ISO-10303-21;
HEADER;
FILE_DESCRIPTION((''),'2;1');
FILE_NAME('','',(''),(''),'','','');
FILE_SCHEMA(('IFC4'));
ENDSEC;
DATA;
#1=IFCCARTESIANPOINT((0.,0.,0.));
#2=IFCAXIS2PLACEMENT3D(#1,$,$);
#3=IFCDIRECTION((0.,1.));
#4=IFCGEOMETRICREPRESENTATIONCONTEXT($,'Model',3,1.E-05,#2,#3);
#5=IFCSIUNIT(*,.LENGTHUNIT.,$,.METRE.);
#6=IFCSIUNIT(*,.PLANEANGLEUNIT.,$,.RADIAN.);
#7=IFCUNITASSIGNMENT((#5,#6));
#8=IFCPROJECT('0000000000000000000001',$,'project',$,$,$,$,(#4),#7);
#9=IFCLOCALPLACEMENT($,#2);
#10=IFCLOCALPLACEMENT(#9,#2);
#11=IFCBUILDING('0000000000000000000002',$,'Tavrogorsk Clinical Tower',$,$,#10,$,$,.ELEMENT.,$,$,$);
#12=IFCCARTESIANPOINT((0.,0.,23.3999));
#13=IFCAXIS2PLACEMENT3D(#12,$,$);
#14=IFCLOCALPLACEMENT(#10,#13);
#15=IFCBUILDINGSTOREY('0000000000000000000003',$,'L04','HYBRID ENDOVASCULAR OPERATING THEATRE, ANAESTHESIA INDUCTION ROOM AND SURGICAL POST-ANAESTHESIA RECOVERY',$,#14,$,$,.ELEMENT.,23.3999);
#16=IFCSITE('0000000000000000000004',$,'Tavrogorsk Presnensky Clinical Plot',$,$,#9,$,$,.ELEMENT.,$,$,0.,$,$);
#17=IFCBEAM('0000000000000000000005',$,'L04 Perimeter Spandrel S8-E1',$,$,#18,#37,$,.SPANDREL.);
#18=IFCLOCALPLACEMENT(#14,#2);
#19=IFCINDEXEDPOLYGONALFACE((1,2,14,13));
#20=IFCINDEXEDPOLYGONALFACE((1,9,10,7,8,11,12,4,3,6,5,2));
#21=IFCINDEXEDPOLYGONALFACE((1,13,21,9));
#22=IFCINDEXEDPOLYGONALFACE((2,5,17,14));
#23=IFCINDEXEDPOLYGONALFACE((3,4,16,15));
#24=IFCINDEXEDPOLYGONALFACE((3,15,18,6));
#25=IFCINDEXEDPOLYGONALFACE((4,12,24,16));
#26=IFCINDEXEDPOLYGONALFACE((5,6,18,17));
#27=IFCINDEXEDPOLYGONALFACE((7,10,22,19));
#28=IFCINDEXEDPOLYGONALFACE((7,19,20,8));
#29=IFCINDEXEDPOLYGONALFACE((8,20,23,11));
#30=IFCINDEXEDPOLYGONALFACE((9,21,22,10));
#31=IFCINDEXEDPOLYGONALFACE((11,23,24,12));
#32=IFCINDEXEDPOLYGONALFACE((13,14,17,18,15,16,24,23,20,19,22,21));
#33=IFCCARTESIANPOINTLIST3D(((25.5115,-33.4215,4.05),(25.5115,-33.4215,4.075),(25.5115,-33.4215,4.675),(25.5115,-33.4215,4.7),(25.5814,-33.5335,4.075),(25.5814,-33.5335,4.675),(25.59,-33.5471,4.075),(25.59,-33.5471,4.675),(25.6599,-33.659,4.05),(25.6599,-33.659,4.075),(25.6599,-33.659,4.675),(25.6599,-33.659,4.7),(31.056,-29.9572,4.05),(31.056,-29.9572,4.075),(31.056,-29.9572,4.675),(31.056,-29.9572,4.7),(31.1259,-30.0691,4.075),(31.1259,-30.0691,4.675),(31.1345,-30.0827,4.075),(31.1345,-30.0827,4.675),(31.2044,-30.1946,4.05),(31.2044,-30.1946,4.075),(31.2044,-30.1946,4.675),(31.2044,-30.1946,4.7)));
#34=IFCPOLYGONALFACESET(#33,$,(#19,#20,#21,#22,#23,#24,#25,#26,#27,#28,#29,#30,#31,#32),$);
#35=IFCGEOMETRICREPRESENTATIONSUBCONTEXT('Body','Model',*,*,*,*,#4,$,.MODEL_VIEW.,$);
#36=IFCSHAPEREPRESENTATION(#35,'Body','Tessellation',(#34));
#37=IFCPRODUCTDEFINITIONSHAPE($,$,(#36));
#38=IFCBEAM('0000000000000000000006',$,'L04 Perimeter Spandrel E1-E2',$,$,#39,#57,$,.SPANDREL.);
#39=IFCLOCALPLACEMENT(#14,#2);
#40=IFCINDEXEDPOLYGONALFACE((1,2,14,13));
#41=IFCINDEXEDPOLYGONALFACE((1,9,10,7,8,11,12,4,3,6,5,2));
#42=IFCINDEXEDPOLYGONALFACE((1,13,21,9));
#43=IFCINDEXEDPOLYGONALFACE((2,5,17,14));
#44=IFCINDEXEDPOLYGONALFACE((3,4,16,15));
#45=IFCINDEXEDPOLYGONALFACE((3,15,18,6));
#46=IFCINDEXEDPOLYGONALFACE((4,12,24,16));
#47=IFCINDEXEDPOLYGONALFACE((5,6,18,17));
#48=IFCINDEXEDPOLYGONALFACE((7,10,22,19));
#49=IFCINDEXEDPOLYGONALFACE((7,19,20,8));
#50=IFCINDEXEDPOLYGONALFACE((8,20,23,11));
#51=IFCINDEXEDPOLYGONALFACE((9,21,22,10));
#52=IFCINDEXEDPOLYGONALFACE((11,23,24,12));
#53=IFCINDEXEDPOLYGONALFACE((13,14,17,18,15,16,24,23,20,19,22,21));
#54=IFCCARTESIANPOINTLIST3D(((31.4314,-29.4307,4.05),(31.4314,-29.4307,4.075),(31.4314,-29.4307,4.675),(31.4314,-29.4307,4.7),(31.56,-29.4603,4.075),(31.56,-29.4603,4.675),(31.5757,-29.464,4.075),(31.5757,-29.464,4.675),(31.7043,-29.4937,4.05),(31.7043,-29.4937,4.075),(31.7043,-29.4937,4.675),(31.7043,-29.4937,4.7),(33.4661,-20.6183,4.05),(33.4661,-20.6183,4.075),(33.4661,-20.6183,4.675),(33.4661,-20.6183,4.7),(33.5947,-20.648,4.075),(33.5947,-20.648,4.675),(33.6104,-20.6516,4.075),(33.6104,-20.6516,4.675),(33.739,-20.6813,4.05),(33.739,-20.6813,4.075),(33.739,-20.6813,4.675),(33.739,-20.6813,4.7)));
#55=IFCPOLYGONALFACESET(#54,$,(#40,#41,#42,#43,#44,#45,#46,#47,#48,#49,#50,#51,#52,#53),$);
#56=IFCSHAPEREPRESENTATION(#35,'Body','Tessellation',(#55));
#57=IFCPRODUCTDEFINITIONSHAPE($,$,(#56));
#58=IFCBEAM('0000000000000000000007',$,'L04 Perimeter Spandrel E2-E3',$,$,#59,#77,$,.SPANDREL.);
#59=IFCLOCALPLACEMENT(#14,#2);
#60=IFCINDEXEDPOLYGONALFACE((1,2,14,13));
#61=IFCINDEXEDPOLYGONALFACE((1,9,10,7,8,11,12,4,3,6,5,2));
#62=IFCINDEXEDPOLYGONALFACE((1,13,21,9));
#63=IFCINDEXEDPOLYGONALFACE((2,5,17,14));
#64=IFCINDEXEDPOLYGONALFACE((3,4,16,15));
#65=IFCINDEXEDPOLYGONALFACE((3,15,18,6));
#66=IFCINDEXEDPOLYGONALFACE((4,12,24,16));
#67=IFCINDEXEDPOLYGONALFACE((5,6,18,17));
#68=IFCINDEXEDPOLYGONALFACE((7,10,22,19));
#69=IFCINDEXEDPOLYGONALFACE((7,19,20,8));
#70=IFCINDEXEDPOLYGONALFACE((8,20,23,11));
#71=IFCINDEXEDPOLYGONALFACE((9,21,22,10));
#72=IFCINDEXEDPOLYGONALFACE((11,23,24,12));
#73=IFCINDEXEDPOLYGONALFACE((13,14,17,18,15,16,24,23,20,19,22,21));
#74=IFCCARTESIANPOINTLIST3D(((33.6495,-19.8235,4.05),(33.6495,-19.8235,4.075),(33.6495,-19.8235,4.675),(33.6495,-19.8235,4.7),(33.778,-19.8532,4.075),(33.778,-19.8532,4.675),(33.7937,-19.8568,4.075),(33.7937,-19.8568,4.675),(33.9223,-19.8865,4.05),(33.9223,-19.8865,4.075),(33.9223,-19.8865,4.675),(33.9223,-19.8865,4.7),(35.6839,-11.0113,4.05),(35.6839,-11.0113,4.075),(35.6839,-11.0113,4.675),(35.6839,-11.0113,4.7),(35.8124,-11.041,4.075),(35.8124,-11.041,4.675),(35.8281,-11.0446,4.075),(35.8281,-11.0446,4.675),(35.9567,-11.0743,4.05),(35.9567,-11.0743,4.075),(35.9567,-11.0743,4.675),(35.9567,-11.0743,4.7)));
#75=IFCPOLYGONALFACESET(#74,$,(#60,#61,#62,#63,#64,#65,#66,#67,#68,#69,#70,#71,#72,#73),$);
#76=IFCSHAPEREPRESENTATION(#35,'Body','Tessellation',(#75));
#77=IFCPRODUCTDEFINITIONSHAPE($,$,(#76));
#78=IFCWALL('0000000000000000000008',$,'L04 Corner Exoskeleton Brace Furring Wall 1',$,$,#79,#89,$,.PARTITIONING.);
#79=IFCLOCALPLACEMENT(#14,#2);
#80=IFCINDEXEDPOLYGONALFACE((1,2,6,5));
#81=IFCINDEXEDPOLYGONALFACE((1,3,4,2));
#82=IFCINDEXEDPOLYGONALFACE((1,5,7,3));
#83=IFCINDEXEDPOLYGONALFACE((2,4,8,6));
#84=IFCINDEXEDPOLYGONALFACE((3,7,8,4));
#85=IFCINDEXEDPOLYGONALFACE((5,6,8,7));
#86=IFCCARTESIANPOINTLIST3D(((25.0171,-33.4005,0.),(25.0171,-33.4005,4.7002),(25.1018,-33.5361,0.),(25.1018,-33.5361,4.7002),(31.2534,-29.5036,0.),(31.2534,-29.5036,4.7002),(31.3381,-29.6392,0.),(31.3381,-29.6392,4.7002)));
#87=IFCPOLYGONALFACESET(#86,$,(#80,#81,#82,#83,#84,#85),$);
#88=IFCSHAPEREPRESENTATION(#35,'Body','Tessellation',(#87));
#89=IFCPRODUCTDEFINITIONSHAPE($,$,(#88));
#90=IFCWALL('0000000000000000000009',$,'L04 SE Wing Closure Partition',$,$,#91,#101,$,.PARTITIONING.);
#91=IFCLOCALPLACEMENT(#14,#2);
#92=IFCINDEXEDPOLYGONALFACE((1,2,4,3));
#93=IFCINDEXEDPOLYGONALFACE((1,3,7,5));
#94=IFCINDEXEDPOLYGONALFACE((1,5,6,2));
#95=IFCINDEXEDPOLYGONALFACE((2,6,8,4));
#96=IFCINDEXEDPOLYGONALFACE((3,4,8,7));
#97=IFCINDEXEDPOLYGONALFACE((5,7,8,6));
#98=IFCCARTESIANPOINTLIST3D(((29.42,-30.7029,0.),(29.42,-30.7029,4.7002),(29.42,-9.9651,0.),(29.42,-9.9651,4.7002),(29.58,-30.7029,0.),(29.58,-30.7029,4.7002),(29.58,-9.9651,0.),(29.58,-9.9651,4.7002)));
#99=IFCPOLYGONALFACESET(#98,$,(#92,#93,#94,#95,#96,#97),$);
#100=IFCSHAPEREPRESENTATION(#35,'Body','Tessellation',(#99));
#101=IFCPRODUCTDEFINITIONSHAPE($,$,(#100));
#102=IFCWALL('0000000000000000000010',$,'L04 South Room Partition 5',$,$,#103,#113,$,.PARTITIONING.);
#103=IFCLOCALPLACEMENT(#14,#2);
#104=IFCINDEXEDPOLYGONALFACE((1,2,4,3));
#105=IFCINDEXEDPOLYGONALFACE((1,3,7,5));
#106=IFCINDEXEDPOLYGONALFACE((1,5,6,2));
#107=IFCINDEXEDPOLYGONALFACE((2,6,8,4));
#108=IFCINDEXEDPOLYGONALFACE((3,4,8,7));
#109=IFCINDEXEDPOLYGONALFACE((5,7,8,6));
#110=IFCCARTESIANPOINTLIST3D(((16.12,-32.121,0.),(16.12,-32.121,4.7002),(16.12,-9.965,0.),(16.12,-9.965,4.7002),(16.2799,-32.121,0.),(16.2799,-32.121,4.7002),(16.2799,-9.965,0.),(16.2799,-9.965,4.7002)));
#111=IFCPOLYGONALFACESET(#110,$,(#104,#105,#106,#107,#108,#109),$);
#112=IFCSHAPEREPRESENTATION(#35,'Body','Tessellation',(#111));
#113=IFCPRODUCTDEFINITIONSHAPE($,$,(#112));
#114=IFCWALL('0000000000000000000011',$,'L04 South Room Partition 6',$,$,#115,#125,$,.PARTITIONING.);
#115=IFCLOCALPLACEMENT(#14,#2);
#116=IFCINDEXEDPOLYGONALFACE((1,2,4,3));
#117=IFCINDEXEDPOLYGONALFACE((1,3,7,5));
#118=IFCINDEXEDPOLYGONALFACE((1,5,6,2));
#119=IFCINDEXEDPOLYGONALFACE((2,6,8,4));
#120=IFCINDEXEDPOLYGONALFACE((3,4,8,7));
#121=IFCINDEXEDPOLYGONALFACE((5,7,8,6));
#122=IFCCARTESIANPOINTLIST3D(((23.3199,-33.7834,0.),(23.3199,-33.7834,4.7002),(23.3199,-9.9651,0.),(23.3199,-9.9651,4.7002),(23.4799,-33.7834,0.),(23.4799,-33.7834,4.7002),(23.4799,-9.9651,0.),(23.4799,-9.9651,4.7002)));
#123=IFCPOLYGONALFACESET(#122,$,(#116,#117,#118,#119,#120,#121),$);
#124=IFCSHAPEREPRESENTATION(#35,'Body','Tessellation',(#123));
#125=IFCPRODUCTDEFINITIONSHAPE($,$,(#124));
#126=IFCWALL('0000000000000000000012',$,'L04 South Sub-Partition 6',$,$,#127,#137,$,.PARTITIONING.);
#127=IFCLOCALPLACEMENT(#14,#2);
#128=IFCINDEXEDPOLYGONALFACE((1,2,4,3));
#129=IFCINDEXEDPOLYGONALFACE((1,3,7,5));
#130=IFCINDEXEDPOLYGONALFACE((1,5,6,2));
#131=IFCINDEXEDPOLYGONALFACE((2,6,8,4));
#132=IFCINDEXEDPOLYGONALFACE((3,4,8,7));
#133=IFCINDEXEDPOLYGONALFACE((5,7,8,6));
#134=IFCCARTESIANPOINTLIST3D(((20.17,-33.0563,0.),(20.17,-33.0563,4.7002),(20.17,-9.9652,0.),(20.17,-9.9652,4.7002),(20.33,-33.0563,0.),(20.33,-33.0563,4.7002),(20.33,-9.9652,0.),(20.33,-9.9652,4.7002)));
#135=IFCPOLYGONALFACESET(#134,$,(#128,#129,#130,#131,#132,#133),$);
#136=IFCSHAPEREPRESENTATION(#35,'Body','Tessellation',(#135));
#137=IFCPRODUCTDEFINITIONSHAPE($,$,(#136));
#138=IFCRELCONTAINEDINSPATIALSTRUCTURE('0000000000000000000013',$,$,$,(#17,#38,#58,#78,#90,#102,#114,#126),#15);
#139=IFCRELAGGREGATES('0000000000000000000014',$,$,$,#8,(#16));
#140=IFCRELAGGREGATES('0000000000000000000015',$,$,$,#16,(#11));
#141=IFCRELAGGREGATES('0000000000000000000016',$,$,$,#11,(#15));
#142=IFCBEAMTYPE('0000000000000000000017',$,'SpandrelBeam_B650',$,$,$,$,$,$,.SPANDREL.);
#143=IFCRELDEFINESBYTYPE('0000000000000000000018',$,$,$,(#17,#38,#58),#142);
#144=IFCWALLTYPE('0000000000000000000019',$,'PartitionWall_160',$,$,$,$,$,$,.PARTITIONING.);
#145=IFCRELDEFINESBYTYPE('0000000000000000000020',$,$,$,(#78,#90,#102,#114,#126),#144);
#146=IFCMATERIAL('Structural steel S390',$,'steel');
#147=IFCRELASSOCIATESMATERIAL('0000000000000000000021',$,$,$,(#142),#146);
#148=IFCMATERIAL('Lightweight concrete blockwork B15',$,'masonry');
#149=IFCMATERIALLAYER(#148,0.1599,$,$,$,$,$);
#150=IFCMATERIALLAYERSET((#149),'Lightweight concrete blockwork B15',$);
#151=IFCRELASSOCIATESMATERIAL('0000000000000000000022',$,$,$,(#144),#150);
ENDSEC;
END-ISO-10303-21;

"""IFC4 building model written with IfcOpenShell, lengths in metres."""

from ifc_helpers import new_model, si_unit, direction, frame, frame_2d, origin, origin_2d, place, context, subcontext, project, spatial, rectangle, i_section, extrude, material, layer, layer_set, material_profile, profile_set, type_object, element, save


model = new_model("IFC4")

# Units and contexts
model_context = context("Model", 3, precision=1e-05, world=origin(), true_north=direction((0.0, 1.0)))
body_context = subcontext(model_context, "Body", "Model", "MODEL_VIEW")
ifc_project = project(units=[si_unit("LENGTHUNIT", "METRE"), si_unit("PLANEANGLEUNIT", "RADIAN")], contexts=[model_context])

# Site, building, storey
site_placement = place(None, origin())
site = spatial("IfcSite", under=ifc_project, at=site_placement, Name="Tavrogorsk Presnensky Clinical Plot", CompositionType="ELEMENT", RefElevation=0.0)
building_placement = place(site_placement, origin())
building = spatial("IfcBuilding", under=site, at=building_placement, Name="Tavrogorsk Clinical Tower", CompositionType="ELEMENT")
storey_placement = place(building_placement, frame((0.0, 0.0, 23.3999)))
storey = spatial("IfcBuildingStorey", under=building, at=storey_placement, Name="L04", Description="HYBRID ENDOVASCULAR OPERATING THEATRE, ANAESTHESIA INDUCTION ROOM AND SURGICAL POST-ANAESTHESIA RECOVERY", CompositionType="ELEMENT", Elevation=23.3999)

# Beams
ifc_material_1 = material(Name="Structural steel S390", Category="steel")
ifc_material_profile_1 = material_profile(ifc_material_1, i_section(OverallWidth=0.28, OverallDepth=0.6499, WebThickness=0.0161, FlangeThickness=0.0249, at=origin_2d()), Name="B-650x280x16x25")
ifc_profile_set_1 = profile_set([ifc_material_profile_1], Name="Structural steel S390")
beam_type_1 = type_object("IfcBeamType", Name="SpandrelBeam_B650", PredefinedType="SPANDREL", material=ifc_profile_set_1)
beam_1_placement = place(storey_placement, frame((25.5857, -33.5403, 4.375), z_axis=(0.848061, 0.529898, 0.0), x_axis=(-0.529898, 0.848061, 0.0)))
element("IfcBeam", 1, at=beam_1_placement, inside=storey, type_object=beam_type_1, Name="L04 Perimeter Spandrel S8-E1", PredefinedType="SPANDREL", context=body_context, shape_type="SweptSolid", body=[
    extrude(i_section(OverallWidth=0.28, OverallDepth=0.6499, WebThickness=0.0161, FlangeThickness=0.0249, at=origin_2d()), origin(), (0.0, 0.0, 1.0), 6.5378),
])
beam_2_placement = place(storey_placement, frame((31.5679, -29.4622, 4.375), z_axis=(0.224972, 0.974365, 0.0), x_axis=(-0.974365, 0.224972, 0.0)))
element("IfcBeam", 2, at=beam_2_placement, inside=storey, type_object=beam_type_1, Name="L04 Perimeter Spandrel E1-E2", PredefinedType="SPANDREL", context=body_context, shape_type="SweptSolid", body=[
    extrude(i_section(OverallWidth=0.28, OverallDepth=0.6499, WebThickness=0.0161, FlangeThickness=0.0249, at=origin_2d()), origin(), (0.0, 0.0, 1.0), 9.0442),
])
beam_3_placement = place(storey_placement, frame((33.7859, -19.855, 4.375), z_axis=(0.224946, 0.974371, 0.0), x_axis=(-0.974371, 0.224946, 0.0)))
element("IfcBeam", 3, at=beam_3_placement, inside=storey, type_object=beam_type_1, Name="L04 Perimeter Spandrel E2-E3", PredefinedType="SPANDREL", context=body_context, shape_type="SweptSolid", body=[
    extrude(i_section(OverallWidth=0.28, OverallDepth=0.6499, WebThickness=0.0161, FlangeThickness=0.0249, at=origin_2d()), origin(), (0.0, 0.0, 1.0), 9.0439),
])

# Walls
ifc_material_2 = material(Name="Lightweight concrete blockwork B15", Category="masonry")
ifc_layer_1 = layer(ifc_material_2, 0.1599)
ifc_layer_set_1 = layer_set([ifc_layer_1], Name="Lightweight concrete blockwork B15")
wall_type_1 = type_object("IfcWallType", Name="PartitionWall_160", PredefinedType="PARTITIONING", material=ifc_layer_set_1)
wall_1_placement = place(storey_placement, frame((25.0596, -33.4683, 0.0), z_axis=(0.0, 0.0, 1.0), x_axis=(0.848043, 0.529927, 0.0)))
element("IfcWall", 4, at=wall_1_placement, inside=storey, type_object=wall_type_1, Name="L04 Corner Exoskeleton Brace Furring Wall 1", PredefinedType="PARTITIONING", context=body_context, shape_type="SweptSolid", body=[
    extrude(rectangle(XDim=7.3538, YDim=0.1599, at=frame_2d((3.6768, 0.0))), origin(), (0.0, 0.0, 1.0), 4.7002),
])
wall_2_placement = place(storey_placement, frame((29.5, -30.7029, 0.0), z_axis=(0.0, 0.0, 1.0), x_axis=(0.0, 1.0, 0.0)))
element("IfcWall", 5, at=wall_2_placement, inside=storey, type_object=wall_type_1, Name="L04 SE Wing Closure Partition", PredefinedType="PARTITIONING", context=body_context, shape_type="SweptSolid", body=[
    extrude(rectangle(XDim=20.7378, YDim=0.1599, at=frame_2d((10.3689, 0.0))), origin(), (0.0, 0.0, 1.0), 4.7002),
])
wall_3_placement = place(storey_placement, frame((16.2, -32.1211, 0.0), z_axis=(0.0, 0.0, 1.0), x_axis=(0.0, 1.0, 0.0)))
element("IfcWall", 6, at=wall_3_placement, inside=storey, type_object=wall_type_1, Name="L04 South Room Partition 5", PredefinedType="PARTITIONING", context=body_context, shape_type="SweptSolid", body=[
    extrude(rectangle(XDim=22.156, YDim=0.1599, at=frame_2d((11.0781, 0.0))), origin(), (0.0, 0.0, 1.0), 4.7002),
])
wall_4_placement = place(storey_placement, frame((23.3999, -33.7834, 0.0), z_axis=(0.0, 0.0, 1.0), x_axis=(0.0, 1.0, 0.0)))
element("IfcWall", 7, at=wall_4_placement, inside=storey, type_object=wall_type_1, Name="L04 South Room Partition 6", PredefinedType="PARTITIONING", context=body_context, shape_type="SweptSolid", body=[
    extrude(rectangle(XDim=23.8184, YDim=0.1599, at=frame_2d((11.9092, 0.0))), origin(), (0.0, 0.0, 1.0), 4.7002),
])
wall_5_placement = place(storey_placement, frame((20.25, -33.0562, 0.0), z_axis=(0.0, 0.0, 1.0), x_axis=(0.0, 1.0, 0.0)))
element("IfcWall", 8, at=wall_5_placement, inside=storey, type_object=wall_type_1, Name="L04 South Sub-Partition 6", PredefinedType="PARTITIONING", context=body_context, shape_type="SweptSolid", body=[
    extrude(rectangle(XDim=23.0911, YDim=0.1599, at=frame_2d((11.5454, 0.0))), origin(), (0.0, 0.0, 1.0), 4.7002),
])

save(model, "model.ifc")
